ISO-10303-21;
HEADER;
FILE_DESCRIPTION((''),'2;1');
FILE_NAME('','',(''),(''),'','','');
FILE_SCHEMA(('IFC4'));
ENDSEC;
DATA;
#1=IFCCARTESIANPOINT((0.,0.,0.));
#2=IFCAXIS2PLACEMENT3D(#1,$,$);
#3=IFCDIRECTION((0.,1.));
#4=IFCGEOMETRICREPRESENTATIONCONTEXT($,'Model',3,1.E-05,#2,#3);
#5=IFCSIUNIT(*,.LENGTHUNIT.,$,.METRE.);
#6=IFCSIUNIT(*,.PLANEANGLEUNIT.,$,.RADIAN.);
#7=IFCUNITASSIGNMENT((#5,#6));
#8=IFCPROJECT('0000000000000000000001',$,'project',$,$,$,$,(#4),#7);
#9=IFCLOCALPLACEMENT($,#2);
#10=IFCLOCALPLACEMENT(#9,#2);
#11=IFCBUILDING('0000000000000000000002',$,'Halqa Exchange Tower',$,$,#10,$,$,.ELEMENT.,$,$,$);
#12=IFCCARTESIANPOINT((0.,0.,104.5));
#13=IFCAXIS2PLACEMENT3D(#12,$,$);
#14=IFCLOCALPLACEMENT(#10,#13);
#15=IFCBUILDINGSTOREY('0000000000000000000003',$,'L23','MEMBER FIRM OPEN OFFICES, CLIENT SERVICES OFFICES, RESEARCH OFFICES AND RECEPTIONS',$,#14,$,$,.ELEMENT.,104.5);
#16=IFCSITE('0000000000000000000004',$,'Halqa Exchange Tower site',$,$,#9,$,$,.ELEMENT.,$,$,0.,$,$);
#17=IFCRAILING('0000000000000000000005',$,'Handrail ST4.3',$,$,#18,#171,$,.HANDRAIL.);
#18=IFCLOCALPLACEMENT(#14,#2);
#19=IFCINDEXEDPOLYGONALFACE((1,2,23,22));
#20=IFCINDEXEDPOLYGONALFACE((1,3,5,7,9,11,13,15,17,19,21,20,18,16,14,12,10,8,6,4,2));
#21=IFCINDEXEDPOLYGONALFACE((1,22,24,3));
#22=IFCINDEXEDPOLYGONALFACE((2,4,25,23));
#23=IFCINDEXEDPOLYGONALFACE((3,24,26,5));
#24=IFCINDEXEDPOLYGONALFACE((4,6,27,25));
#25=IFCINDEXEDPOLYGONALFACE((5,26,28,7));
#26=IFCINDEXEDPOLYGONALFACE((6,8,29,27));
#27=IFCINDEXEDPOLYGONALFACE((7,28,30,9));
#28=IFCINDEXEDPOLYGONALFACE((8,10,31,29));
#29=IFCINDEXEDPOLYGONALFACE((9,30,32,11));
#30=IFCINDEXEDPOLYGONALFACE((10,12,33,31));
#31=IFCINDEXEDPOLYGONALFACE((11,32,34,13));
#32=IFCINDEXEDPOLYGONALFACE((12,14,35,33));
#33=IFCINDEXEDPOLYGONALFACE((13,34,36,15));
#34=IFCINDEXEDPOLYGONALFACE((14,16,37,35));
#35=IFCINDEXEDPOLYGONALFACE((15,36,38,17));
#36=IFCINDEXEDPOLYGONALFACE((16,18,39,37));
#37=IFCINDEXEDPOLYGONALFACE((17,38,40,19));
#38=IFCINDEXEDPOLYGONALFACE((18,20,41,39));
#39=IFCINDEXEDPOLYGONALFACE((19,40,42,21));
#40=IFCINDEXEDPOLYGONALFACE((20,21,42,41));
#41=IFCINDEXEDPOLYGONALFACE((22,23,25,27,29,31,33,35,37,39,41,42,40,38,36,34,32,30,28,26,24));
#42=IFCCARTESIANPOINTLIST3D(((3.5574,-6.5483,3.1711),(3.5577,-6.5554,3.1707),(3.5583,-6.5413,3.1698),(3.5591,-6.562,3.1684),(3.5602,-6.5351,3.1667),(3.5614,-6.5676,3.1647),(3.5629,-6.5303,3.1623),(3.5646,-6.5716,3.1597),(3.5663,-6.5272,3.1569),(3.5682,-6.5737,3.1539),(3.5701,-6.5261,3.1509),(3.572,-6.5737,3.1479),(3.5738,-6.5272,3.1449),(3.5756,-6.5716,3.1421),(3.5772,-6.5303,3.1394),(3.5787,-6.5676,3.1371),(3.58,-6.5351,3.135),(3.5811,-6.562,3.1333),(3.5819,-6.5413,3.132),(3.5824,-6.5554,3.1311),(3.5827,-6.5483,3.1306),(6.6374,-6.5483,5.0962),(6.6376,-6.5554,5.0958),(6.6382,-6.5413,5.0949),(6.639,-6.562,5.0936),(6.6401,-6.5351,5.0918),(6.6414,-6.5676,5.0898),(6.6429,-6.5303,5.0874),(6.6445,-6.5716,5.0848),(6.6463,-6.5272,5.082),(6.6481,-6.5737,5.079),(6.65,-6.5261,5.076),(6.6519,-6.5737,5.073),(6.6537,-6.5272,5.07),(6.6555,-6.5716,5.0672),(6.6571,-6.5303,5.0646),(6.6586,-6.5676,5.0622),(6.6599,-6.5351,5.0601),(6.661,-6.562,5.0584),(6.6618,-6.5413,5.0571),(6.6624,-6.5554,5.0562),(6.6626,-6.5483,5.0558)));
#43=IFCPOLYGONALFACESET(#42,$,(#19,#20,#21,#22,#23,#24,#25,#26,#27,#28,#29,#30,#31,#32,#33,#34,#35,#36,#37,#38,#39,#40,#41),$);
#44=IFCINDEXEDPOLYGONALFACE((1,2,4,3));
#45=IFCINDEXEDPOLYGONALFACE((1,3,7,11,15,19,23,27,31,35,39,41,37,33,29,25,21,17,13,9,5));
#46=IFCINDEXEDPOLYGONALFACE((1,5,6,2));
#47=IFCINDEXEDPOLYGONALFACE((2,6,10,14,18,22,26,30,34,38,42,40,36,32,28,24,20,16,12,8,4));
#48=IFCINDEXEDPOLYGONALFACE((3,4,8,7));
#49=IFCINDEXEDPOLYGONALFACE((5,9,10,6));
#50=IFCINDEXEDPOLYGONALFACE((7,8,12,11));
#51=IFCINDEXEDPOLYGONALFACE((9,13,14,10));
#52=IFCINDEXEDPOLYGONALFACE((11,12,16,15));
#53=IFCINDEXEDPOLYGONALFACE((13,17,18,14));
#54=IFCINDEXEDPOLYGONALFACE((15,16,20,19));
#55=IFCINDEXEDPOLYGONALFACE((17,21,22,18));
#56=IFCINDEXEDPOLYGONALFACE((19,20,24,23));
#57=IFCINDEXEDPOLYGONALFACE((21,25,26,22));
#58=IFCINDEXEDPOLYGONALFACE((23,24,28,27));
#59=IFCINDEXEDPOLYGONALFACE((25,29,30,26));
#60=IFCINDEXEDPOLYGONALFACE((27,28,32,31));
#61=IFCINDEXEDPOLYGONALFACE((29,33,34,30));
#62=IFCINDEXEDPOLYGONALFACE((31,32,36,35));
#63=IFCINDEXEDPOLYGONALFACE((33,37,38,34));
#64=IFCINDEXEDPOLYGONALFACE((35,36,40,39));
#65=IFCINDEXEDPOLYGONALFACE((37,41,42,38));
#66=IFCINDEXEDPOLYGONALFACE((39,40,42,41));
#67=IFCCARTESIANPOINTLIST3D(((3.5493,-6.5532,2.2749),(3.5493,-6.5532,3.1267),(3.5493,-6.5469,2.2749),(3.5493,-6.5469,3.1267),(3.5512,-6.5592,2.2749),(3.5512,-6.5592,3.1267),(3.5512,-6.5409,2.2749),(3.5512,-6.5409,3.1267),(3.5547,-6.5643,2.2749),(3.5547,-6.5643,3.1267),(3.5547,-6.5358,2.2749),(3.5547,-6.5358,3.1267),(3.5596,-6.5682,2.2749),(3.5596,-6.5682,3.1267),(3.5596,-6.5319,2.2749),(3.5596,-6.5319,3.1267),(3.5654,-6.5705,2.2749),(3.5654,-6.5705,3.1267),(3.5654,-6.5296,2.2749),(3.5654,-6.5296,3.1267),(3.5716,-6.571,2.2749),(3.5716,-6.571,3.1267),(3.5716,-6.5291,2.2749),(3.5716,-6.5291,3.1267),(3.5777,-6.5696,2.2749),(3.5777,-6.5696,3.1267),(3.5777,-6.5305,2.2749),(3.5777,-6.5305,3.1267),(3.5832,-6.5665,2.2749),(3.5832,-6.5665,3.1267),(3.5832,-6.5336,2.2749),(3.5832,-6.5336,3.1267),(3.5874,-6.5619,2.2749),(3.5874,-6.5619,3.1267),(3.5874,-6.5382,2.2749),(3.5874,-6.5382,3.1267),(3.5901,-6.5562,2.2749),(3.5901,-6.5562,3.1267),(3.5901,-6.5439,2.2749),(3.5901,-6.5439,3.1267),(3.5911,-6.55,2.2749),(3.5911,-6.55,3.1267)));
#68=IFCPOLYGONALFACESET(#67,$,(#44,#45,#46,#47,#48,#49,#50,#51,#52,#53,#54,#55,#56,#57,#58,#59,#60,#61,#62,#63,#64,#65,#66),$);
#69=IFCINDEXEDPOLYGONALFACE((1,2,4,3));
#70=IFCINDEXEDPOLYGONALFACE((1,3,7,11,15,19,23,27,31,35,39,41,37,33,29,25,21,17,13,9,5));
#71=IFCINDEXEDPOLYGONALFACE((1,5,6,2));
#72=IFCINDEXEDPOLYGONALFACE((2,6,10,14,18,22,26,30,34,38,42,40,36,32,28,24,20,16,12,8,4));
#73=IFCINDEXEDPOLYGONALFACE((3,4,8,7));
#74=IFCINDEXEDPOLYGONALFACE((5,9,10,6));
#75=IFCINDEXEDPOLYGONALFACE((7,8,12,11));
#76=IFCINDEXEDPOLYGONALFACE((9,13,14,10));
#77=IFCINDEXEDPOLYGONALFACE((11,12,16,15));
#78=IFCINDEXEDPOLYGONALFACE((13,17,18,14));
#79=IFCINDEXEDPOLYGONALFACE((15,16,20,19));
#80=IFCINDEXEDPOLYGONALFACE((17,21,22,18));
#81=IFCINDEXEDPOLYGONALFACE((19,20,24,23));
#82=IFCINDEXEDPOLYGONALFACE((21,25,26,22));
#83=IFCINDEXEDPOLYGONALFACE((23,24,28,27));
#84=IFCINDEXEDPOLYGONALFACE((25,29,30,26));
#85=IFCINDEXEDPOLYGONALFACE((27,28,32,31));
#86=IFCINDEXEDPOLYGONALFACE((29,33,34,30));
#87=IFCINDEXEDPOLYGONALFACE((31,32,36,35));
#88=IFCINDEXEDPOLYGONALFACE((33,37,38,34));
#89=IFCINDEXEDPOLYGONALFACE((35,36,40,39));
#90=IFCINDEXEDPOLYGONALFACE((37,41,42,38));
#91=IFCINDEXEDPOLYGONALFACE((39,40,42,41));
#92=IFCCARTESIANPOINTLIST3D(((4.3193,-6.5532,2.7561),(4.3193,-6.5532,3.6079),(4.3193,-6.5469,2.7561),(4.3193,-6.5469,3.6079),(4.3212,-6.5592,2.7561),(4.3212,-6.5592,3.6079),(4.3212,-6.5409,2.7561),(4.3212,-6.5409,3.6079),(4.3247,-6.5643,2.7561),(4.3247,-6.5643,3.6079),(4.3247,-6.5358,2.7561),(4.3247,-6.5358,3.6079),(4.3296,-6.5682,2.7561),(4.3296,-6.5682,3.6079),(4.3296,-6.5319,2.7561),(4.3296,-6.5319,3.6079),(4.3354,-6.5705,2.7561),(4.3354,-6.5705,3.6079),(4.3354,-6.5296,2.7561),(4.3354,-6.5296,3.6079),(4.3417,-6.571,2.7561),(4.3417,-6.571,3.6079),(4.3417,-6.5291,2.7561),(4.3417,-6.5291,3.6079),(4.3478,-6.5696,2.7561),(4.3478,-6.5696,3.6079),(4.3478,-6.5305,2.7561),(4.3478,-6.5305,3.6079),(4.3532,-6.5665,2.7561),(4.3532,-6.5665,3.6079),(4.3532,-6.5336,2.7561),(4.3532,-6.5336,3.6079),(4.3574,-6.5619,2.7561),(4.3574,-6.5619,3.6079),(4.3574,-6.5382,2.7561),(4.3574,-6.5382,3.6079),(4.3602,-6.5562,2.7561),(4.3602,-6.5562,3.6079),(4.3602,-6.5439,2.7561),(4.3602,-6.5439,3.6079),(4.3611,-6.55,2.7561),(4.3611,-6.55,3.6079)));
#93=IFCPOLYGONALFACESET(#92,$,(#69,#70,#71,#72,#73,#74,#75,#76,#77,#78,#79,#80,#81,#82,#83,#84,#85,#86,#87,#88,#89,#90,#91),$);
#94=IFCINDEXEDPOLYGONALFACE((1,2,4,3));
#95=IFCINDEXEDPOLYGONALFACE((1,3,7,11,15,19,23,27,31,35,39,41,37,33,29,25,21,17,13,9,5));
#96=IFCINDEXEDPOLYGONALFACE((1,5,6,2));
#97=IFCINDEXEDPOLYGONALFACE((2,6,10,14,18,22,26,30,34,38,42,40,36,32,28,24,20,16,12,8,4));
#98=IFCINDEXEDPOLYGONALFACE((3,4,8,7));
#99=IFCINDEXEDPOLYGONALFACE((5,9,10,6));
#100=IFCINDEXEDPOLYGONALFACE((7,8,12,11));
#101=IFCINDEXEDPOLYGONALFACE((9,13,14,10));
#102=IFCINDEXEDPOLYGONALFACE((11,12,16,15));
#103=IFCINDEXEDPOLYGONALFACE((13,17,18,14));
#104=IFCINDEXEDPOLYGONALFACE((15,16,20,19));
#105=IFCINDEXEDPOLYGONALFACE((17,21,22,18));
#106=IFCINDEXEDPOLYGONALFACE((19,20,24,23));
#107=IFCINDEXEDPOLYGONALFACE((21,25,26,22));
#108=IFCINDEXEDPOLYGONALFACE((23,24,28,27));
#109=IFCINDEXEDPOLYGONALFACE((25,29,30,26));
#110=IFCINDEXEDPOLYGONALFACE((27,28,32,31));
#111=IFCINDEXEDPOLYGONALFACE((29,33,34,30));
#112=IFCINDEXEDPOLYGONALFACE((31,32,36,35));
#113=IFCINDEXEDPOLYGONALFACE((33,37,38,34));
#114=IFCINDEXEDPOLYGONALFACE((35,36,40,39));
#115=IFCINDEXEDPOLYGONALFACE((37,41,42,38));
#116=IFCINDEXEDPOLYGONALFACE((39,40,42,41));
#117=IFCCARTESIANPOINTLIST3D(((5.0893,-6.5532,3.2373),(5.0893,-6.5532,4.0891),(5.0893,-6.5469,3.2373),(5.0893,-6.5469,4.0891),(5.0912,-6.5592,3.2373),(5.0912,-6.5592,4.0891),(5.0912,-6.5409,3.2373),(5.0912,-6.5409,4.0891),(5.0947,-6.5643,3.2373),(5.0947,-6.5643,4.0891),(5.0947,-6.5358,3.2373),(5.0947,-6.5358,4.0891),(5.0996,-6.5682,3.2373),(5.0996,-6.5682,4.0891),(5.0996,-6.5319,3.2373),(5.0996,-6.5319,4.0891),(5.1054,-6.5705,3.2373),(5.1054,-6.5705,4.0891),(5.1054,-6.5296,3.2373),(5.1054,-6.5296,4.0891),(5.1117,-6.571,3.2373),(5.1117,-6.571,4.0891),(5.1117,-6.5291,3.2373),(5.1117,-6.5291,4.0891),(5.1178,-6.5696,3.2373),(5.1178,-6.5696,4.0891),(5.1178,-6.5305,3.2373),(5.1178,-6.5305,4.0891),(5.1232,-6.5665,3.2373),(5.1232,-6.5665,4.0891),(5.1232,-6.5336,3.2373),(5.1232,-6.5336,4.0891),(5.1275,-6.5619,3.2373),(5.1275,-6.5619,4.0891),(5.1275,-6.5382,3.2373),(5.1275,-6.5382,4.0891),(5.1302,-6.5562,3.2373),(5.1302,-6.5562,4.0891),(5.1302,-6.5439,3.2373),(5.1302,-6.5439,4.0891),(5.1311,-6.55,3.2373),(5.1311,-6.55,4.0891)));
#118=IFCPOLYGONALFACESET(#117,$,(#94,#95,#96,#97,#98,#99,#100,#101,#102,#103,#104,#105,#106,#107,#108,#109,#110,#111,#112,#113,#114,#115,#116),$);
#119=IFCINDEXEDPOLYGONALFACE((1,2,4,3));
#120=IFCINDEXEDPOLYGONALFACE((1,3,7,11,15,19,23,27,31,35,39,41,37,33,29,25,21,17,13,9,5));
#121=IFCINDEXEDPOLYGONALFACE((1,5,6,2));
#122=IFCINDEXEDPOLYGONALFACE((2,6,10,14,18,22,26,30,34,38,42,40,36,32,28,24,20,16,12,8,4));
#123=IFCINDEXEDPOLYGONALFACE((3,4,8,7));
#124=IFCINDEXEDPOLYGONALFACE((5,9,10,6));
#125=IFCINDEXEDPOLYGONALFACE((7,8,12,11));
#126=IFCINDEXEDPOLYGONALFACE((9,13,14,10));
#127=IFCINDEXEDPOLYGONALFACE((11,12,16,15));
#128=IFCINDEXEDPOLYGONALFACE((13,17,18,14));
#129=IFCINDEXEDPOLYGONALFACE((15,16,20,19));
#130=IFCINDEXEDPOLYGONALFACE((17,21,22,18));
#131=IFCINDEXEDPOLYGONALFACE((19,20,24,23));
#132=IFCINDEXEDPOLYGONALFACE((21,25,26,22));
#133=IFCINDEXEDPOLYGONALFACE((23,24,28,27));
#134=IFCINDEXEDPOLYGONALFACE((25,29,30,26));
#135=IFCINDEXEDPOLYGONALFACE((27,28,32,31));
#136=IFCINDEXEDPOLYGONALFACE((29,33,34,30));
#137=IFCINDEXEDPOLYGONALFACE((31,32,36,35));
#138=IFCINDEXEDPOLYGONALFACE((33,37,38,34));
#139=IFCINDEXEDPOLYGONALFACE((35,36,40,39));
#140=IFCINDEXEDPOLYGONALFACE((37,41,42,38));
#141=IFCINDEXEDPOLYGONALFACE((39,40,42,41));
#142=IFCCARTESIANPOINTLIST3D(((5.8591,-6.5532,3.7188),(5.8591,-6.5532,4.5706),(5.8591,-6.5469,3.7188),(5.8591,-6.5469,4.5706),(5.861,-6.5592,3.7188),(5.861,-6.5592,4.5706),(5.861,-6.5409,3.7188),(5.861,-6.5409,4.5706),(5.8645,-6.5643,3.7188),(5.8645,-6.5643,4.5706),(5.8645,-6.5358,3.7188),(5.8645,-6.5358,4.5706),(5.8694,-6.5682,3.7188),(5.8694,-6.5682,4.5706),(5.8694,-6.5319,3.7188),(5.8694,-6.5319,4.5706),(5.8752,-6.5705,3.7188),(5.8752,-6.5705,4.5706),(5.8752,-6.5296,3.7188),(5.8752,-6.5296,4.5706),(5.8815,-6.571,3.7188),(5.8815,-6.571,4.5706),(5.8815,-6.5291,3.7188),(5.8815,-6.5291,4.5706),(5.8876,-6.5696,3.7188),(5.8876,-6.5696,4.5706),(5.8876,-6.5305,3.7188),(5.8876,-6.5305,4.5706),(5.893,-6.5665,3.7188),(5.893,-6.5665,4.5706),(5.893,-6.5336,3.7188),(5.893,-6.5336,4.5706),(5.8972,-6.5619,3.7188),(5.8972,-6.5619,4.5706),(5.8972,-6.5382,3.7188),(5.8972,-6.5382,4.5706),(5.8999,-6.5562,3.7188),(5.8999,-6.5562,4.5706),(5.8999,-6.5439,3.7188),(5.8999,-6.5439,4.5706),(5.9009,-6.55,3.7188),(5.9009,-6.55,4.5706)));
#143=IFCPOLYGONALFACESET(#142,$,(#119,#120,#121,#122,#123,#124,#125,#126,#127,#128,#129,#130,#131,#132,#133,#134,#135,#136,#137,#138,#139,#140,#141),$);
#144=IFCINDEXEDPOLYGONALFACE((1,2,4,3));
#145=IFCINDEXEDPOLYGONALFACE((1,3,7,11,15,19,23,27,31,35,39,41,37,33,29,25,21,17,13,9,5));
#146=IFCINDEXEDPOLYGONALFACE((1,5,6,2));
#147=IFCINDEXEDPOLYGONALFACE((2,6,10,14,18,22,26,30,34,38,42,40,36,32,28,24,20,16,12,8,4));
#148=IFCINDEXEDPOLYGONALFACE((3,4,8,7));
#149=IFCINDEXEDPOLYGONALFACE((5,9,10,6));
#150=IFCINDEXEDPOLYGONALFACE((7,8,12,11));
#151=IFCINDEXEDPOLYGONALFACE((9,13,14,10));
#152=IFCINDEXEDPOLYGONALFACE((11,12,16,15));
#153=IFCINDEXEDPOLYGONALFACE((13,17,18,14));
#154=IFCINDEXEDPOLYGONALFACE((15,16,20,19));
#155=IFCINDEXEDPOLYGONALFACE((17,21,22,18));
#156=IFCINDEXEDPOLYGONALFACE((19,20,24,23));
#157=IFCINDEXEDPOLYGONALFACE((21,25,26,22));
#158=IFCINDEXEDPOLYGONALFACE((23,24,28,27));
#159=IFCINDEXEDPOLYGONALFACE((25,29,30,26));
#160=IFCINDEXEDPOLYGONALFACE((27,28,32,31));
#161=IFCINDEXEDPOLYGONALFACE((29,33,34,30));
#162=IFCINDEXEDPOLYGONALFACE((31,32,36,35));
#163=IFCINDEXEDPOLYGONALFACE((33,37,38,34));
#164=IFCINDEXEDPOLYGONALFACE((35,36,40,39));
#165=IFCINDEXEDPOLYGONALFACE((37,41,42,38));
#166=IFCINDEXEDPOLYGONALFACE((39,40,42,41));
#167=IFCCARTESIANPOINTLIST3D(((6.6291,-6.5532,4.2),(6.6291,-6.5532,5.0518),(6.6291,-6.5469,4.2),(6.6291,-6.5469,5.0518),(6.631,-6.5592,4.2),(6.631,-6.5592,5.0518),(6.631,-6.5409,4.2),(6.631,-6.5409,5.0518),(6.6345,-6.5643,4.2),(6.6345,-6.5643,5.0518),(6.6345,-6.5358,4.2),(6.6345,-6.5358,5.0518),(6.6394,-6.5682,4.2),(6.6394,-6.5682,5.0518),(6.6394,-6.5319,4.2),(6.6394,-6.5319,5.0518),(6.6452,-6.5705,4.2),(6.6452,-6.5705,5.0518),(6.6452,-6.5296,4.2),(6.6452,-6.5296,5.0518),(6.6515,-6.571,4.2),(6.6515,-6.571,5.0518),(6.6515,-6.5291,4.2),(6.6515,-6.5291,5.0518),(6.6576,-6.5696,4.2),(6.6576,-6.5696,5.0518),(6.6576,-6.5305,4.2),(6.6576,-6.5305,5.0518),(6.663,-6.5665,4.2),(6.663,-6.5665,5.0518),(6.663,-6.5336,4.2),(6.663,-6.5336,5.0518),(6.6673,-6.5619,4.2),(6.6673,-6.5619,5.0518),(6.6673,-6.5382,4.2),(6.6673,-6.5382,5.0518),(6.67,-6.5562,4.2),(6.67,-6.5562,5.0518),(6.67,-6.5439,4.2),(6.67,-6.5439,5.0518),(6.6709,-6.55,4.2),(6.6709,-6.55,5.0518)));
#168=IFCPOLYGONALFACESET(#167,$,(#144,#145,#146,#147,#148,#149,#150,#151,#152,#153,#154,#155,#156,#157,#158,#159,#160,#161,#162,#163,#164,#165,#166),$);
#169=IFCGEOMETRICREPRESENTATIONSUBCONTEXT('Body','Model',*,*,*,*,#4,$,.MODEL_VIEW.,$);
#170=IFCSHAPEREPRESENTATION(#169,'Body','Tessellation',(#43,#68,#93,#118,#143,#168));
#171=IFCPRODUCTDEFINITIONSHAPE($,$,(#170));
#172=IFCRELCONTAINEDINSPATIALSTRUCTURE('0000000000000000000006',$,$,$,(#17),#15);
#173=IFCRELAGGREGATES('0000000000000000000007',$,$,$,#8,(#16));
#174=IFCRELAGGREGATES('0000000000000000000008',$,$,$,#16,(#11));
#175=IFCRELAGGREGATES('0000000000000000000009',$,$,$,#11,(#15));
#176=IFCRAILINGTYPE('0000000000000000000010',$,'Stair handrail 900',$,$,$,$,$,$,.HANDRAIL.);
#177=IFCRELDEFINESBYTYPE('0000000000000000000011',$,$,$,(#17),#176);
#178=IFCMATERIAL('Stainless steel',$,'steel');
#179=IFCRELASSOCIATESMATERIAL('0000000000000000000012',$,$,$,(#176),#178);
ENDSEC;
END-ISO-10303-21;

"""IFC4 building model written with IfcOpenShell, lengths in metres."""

from ifc_helpers import new_model, si_unit, direction, frame, origin, origin_2d, place, context, subcontext, project, spatial, circle, extrude, material, type_object, element, save


model = new_model("IFC4")

# Units and contexts
model_context = context("Model", 3, precision=1e-05, world=origin(), true_north=direction((0.0, 1.0)))
body_context = subcontext(model_context, "Body", "Model", "MODEL_VIEW")
ifc_project = project(units=[si_unit("LENGTHUNIT", "METRE"), si_unit("PLANEANGLEUNIT", "RADIAN")], contexts=[model_context])

# Site, building, storey
site_placement = place(None, origin())
site = spatial("IfcSite", under=ifc_project, at=site_placement, Name="Halqa Exchange Tower site", CompositionType="ELEMENT", RefElevation=0.0)
building_placement = place(site_placement, origin())
building = spatial("IfcBuilding", under=site, at=building_placement, Name="Halqa Exchange Tower", CompositionType="ELEMENT")
storey_placement = place(building_placement, frame((0.0, 0.0, 104.5)))
storey = spatial("IfcBuildingStorey", under=building, at=storey_placement, Name="L23", Description="MEMBER FIRM OPEN OFFICES, CLIENT SERVICES OFFICES, RESEARCH OFFICES AND RECEPTIONS", CompositionType="ELEMENT", Elevation=104.5)

# Railing
ifc_material_1 = material(Name="Stainless steel", Category="steel")
railing_type_1 = type_object("IfcRailingType", Name="Stair handrail 900", PredefinedType="HANDRAIL", material=ifc_material_1)
railing_1_placement = place(storey_placement, frame((3.5701, -6.55, 2.2749)))
element("IfcRailing", 1, at=railing_1_placement, inside=storey, type_object=railing_type_1, Name="Handrail ST4.3", PredefinedType="HANDRAIL", context=body_context, shape_type="SweptSolid", body=[
    extrude(circle(Radius=0.0239, at=origin_2d()), frame((0.0, 0.0, 0.876), z_axis=(0.847979, 0.0, 0.530029), x_axis=(0.0, 1.0, 0.0)), (0.0, 0.0, 1.0), 3.6321),
    extrude(circle(Radius=0.021, at=origin_2d()), origin(), (0.0, 0.0, 1.0), 0.8518),
    extrude(circle(Radius=0.021, at=origin_2d()), frame((0.77, 0.0, 0.4812)), (0.0, 0.0, 1.0), 0.8518),
    extrude(circle(Radius=0.021, at=origin_2d()), frame((1.54, 0.0, 0.9624)), (0.0, 0.0, 1.0), 0.8518),
    extrude(circle(Radius=0.021, at=origin_2d()), frame((2.3098, 0.0, 1.4438)), (0.0, 0.0, 1.0), 0.8518),
    extrude(circle(Radius=0.021, at=origin_2d()), frame((3.0798, 0.0, 1.925)), (0.0, 0.0, 1.0), 0.8518),
])

save(model, "model.ifc")
